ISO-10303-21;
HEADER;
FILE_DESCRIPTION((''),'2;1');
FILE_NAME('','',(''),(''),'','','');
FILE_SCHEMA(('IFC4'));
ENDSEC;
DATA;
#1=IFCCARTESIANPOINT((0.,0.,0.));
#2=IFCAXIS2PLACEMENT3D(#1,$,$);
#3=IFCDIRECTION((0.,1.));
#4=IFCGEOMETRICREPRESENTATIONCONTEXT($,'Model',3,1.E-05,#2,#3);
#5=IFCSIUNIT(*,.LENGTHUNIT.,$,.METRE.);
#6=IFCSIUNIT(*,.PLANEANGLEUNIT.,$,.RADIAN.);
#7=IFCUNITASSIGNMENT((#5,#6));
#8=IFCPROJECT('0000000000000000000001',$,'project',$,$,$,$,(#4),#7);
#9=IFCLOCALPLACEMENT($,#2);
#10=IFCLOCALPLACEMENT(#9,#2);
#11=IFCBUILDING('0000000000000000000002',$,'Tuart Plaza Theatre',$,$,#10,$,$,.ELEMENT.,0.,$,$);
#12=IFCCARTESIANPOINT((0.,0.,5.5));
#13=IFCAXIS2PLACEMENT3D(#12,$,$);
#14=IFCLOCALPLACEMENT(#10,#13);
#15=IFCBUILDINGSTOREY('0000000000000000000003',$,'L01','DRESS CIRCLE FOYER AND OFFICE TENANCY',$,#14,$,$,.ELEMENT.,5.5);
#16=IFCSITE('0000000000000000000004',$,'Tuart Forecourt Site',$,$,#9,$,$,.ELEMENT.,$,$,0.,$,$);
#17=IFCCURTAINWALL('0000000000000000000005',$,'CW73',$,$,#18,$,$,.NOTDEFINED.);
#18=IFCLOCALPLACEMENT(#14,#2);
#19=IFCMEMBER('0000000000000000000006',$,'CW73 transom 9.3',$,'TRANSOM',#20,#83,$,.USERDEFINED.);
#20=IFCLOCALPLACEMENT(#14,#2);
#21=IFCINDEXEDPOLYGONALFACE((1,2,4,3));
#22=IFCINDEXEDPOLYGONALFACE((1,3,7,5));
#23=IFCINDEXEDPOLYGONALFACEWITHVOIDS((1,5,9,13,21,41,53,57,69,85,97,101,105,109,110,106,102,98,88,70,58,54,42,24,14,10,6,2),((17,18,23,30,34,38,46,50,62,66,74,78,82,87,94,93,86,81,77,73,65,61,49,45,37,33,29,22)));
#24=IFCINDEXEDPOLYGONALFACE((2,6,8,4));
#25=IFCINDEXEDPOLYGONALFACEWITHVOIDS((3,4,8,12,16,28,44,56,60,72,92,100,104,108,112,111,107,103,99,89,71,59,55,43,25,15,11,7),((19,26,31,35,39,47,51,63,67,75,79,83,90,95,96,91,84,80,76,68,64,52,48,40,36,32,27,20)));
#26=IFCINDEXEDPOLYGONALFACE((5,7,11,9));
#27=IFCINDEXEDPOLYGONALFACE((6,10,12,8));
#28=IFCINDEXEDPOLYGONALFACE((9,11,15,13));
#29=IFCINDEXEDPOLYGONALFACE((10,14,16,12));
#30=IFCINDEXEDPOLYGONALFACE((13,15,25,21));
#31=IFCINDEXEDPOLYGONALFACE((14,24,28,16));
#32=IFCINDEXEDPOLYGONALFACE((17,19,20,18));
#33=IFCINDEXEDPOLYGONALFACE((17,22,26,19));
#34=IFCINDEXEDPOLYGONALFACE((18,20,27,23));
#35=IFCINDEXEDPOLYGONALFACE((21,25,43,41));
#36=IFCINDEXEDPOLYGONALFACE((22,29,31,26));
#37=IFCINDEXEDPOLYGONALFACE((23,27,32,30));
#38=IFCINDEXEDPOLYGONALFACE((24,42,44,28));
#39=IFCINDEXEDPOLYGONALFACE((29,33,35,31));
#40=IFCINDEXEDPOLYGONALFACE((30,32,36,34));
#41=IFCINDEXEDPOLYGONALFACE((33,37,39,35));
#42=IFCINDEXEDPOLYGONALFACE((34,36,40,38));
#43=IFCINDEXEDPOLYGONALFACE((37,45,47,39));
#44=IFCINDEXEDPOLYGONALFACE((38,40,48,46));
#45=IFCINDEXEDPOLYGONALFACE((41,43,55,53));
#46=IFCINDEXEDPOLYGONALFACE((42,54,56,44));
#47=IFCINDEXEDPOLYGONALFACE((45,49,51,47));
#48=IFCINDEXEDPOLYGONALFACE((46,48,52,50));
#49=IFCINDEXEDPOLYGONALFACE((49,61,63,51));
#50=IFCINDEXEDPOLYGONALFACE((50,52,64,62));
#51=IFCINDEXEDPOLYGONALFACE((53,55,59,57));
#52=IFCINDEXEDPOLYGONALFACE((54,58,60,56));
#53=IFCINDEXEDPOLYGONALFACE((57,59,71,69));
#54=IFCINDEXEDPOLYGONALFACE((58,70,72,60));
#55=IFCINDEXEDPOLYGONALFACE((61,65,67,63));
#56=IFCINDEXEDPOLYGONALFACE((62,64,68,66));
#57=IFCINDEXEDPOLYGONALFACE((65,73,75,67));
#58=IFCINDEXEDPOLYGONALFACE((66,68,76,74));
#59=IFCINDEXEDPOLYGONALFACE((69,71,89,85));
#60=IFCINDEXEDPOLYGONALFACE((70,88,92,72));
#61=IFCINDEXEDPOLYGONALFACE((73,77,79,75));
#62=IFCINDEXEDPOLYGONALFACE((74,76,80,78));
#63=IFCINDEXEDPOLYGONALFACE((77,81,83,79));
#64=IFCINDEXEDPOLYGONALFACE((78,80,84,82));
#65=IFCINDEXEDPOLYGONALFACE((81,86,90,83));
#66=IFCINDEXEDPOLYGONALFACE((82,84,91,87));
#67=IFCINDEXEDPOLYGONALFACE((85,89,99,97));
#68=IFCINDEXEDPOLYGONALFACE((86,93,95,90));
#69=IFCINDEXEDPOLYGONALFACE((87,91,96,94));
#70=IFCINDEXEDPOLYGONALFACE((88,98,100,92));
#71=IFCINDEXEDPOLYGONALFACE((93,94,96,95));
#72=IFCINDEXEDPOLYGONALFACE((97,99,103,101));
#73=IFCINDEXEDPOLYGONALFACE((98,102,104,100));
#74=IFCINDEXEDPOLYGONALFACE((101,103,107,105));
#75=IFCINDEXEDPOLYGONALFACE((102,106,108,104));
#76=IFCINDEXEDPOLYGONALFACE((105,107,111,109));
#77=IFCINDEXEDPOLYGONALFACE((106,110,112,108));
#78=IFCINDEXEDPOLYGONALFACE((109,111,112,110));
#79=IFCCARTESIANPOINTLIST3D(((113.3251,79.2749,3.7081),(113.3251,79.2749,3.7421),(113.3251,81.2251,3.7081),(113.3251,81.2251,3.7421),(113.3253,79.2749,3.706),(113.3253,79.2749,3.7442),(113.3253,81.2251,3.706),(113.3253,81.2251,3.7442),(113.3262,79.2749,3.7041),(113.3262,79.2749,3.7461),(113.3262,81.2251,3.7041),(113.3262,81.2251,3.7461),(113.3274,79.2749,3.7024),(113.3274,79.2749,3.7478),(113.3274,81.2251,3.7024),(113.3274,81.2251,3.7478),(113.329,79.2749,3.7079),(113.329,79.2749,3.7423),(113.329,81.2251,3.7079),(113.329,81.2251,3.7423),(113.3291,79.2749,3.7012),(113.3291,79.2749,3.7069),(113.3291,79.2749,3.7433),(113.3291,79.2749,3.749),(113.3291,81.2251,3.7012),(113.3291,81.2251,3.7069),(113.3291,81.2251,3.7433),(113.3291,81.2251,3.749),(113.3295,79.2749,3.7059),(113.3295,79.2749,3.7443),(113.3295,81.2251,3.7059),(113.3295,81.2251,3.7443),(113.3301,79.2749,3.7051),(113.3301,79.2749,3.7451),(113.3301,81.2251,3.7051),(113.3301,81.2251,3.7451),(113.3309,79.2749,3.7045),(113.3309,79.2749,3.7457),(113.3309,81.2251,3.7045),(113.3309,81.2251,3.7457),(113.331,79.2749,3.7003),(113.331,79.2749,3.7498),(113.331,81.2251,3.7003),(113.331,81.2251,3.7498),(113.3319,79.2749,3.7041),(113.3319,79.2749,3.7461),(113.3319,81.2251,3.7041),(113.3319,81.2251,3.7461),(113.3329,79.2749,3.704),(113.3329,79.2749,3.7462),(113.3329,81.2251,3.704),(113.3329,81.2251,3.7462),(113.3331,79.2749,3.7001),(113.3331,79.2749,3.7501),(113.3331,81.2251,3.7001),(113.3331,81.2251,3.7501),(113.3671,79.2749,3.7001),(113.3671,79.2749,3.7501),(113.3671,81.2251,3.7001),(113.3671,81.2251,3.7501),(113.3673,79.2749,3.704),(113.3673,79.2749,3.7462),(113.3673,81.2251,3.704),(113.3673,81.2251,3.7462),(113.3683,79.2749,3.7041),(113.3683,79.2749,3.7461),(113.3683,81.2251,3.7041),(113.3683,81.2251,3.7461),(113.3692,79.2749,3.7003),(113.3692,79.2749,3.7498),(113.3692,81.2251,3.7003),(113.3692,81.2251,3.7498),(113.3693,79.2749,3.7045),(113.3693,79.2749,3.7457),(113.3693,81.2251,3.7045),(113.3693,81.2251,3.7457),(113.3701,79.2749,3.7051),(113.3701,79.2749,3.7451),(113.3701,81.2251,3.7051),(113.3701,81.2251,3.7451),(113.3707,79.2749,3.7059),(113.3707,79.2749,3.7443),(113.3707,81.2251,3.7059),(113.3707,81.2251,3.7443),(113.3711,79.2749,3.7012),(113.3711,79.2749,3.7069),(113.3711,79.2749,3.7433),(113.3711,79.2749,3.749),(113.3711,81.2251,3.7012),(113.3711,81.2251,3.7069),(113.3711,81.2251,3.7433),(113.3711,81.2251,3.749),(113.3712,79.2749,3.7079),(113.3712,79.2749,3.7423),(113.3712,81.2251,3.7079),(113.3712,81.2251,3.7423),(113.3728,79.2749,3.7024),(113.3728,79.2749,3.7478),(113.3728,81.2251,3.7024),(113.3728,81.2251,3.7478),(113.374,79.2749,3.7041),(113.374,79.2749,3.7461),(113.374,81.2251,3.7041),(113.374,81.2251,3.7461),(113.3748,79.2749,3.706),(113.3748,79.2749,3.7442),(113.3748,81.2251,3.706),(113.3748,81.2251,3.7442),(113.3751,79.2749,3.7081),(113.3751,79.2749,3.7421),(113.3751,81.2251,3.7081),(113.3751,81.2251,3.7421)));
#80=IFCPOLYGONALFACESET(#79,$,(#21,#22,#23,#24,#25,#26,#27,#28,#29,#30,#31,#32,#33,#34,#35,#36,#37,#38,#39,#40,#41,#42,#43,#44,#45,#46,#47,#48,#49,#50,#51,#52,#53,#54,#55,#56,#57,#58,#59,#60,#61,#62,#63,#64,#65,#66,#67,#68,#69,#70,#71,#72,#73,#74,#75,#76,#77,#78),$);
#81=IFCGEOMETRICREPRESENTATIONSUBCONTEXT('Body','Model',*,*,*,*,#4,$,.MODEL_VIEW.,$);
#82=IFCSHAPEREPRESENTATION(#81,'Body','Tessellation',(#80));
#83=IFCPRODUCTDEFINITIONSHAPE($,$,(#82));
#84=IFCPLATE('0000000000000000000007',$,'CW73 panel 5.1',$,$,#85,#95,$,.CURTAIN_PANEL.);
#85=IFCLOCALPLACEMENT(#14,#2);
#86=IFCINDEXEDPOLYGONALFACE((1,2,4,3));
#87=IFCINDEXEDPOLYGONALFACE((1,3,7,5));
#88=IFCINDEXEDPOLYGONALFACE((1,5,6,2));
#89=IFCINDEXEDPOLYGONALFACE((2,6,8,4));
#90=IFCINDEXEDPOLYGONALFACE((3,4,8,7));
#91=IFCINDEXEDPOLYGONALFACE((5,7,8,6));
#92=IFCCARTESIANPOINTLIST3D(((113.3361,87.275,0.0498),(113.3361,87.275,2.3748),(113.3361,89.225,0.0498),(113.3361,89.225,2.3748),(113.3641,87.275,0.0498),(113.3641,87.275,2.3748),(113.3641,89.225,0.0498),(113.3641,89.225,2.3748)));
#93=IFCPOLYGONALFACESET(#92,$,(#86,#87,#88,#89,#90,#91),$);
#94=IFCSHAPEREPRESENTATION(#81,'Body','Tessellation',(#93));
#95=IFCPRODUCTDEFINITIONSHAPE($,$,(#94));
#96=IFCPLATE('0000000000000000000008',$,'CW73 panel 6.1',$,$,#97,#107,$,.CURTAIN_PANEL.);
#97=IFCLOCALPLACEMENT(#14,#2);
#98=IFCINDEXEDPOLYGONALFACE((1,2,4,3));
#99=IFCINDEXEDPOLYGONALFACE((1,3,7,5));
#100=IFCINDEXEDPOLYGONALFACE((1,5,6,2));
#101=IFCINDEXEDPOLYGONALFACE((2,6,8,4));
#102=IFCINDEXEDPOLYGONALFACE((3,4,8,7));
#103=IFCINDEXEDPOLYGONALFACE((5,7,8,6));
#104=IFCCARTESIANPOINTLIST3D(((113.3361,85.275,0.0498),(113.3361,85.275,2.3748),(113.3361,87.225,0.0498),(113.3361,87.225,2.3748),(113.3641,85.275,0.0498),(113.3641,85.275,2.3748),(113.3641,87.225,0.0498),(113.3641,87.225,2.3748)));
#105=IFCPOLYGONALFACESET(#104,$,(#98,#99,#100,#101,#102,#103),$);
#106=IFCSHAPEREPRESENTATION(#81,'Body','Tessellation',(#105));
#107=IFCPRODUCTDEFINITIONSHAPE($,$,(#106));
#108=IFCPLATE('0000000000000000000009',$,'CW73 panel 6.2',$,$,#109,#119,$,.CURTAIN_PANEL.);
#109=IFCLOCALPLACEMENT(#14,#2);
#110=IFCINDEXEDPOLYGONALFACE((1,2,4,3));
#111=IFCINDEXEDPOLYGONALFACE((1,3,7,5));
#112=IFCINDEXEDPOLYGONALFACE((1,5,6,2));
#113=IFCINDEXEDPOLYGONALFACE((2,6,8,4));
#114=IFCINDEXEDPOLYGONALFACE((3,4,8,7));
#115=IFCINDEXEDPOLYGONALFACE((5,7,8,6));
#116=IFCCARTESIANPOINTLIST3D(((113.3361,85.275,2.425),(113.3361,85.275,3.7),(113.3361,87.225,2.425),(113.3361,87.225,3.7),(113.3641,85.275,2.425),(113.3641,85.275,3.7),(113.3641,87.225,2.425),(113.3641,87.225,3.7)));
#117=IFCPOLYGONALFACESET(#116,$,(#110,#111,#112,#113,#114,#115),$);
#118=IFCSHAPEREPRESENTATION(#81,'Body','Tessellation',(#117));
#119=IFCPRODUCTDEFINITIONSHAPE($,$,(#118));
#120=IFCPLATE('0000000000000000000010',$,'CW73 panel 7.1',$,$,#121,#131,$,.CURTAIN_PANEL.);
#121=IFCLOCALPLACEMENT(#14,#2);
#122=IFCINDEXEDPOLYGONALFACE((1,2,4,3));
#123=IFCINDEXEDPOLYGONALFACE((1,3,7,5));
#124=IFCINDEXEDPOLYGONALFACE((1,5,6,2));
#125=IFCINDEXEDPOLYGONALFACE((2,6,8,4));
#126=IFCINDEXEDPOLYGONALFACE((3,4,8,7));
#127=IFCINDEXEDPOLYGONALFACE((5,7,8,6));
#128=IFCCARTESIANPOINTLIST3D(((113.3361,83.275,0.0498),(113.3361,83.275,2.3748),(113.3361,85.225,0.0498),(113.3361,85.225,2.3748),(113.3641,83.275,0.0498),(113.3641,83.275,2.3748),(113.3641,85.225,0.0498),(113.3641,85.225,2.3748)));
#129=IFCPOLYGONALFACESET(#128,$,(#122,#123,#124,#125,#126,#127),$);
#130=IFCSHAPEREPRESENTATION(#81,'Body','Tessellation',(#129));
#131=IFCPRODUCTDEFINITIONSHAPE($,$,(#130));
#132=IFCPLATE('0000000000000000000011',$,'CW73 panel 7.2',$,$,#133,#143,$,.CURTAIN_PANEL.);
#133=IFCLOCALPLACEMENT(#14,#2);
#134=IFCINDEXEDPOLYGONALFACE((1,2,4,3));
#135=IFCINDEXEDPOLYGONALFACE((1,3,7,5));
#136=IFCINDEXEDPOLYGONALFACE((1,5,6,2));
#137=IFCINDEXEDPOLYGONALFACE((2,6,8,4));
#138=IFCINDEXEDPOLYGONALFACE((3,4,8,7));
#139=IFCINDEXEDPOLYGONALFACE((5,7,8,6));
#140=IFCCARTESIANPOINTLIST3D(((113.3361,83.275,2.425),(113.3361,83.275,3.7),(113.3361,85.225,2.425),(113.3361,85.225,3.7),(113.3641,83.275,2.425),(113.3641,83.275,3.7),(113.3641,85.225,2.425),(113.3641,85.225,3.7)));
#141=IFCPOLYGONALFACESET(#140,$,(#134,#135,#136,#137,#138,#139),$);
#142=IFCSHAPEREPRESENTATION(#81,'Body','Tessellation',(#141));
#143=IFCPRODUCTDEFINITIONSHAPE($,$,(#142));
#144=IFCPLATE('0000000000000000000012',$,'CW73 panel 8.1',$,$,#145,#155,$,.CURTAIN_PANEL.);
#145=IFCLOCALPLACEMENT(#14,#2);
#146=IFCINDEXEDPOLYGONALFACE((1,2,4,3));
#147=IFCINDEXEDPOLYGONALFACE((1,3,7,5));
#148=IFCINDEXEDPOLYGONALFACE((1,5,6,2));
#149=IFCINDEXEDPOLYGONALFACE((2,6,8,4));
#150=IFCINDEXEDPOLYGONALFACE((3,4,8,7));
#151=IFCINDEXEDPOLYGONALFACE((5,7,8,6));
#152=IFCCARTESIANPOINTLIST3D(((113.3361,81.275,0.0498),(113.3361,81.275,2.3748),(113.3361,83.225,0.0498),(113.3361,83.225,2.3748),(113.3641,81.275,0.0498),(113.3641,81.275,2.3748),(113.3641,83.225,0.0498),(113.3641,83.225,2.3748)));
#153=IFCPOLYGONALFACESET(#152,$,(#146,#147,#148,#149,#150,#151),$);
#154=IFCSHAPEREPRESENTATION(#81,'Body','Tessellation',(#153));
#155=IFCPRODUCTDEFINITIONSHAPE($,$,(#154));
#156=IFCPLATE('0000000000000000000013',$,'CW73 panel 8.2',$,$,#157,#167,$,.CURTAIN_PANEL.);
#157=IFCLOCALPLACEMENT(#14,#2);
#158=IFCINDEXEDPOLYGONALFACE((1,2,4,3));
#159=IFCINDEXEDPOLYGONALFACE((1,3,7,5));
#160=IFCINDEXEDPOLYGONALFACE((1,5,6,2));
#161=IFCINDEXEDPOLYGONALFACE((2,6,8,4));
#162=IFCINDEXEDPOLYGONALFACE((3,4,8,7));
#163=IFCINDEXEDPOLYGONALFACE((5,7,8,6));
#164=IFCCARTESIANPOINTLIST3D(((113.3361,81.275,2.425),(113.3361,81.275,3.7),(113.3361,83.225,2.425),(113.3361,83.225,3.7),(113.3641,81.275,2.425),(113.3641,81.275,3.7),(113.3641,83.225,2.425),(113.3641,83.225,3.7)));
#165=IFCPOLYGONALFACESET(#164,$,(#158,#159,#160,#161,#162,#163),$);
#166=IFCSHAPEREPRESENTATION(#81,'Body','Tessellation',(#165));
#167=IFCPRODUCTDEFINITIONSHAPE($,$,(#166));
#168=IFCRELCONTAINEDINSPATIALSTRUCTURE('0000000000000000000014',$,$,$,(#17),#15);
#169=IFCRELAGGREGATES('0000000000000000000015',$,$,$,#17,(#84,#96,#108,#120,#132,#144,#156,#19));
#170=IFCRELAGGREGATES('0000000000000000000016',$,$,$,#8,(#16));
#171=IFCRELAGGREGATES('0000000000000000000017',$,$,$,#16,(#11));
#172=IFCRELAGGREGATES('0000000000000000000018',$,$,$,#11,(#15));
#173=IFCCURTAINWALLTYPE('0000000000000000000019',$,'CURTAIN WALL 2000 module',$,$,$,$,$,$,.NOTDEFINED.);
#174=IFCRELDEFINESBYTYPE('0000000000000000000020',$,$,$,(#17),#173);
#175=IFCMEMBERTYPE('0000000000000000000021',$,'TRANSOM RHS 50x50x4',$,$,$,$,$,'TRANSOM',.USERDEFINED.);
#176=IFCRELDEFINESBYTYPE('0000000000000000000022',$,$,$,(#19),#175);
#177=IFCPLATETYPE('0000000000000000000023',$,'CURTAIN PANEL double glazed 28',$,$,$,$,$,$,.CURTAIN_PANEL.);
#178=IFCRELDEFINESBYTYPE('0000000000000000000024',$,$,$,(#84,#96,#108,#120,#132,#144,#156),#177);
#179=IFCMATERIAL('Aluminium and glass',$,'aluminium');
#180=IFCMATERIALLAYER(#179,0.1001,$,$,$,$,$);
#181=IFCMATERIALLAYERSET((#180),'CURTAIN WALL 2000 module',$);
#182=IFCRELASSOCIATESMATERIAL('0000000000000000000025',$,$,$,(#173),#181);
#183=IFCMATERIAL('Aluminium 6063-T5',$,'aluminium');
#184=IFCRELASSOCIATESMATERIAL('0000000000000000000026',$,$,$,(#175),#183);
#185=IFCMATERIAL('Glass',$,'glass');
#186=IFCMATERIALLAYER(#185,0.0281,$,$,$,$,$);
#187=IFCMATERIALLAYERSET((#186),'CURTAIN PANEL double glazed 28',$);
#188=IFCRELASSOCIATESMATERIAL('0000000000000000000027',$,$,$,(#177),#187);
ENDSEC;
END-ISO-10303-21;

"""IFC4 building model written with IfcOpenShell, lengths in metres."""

from ifc_helpers import new_model, si_unit, direction, frame, origin, origin_2d, place, context, subcontext, project, spatial, rectangle, hollow_rectangle, extrude, material, layer, layer_set, material_profile, profile_set, type_object, element, aggregate, save


model = new_model("IFC4")

# Units and contexts
model_context = context("Model", 3, precision=1e-05, world=origin(), true_north=direction((0.0, 1.0)))
body_context = subcontext(model_context, "Body", "Model", "MODEL_VIEW")
ifc_project = project(units=[si_unit("LENGTHUNIT", "METRE"), si_unit("PLANEANGLEUNIT", "RADIAN")], contexts=[model_context])

# Site, building, storey
site_placement = place(None, origin())
site = spatial("IfcSite", under=ifc_project, at=site_placement, Name="Tuart Forecourt Site", CompositionType="ELEMENT", RefElevation=0.0)
building_placement = place(site_placement, origin())
building = spatial("IfcBuilding", under=site, at=building_placement, Name="Tuart Plaza Theatre", CompositionType="ELEMENT", ElevationOfRefHeight=0.0)
storey_placement = place(building_placement, frame((0.0, 0.0, 5.5)))
storey = spatial("IfcBuildingStorey", under=building, at=storey_placement, Name="L01", Description="DRESS CIRCLE FOYER AND OFFICE TENANCY", CompositionType="ELEMENT", Elevation=5.5)

# Curtain wall, member, plates
ifc_material_1 = material(Name="Aluminium and glass", Category="aluminium")
ifc_layer_1 = layer(ifc_material_1, 0.1001)
ifc_layer_set_1 = layer_set([ifc_layer_1], Name="CURTAIN WALL 2000 module")
curtain_wall_type = type_object("IfcCurtainWallType", Name="CURTAIN WALL 2000 module", PredefinedType="NOTDEFINED", material=ifc_layer_set_1)
curtain_wall_placement = place(storey_placement, origin())
curtain_wall = element("IfcCurtainWall", 1, at=curtain_wall_placement, inside=storey, type_object=curtain_wall_type, Name="CW73", PredefinedType="NOTDEFINED")
ifc_material_2 = material(Name="Aluminium 6063-T5", Category="aluminium")
ifc_material_profile_1 = material_profile(ifc_material_2, hollow_rectangle(XDim=0.05, YDim=0.05, WallThickness=0.0039, InnerFilletRadius=0.0039, OuterFilletRadius=0.0081, at=origin_2d()), Name="RHS 50x50x4")
ifc_profile_set_1 = profile_set([ifc_material_profile_1], Name="Aluminium 6063-T5")
member_type_1 = type_object("IfcMemberType", Name="TRANSOM RHS 50x50x4", ElementType="TRANSOM", PredefinedType="USERDEFINED", material=ifc_profile_set_1)
member_1_placement = place(storey_placement, frame((113.3501, 81.2251, 3.7251), z_axis=(0.0, -1.0, 0.0), x_axis=(1.0, 0.0, 0.0)))
member_1 = element("IfcMember", 2, at=member_1_placement, type_object=member_type_1, Name="CW73 transom 9.3", ObjectType="TRANSOM", PredefinedType="USERDEFINED", context=body_context, shape_type="SweptSolid", body=[
    extrude(hollow_rectangle(XDim=0.05, YDim=0.05, WallThickness=0.0039, InnerFilletRadius=0.0039, OuterFilletRadius=0.0081, at=origin_2d()), origin(), (0.0, 0.0, 1.0), 1.9502),
])
ifc_material_3 = material(Name="Glass", Category="glass")
ifc_layer_2 = layer(ifc_material_3, 0.0281)
ifc_layer_set_2 = layer_set([ifc_layer_2], Name="CURTAIN PANEL double glazed 28")
plate_type = type_object("IfcPlateType", Name="CURTAIN PANEL double glazed 28", PredefinedType="CURTAIN_PANEL", material=ifc_layer_set_2)
plate_1_placement = place(storey_placement, frame((113.3501, 88.25, 0.0498), z_axis=(0.0, 0.0, 1.0), x_axis=(0.0, -1.0, 0.0)))
plate_1 = element("IfcPlate", 3, at=plate_1_placement, type_object=plate_type, Name="CW73 panel 5.1", PredefinedType="CURTAIN_PANEL", context=body_context, shape_type="SweptSolid", body=[
    extrude(rectangle(XDim=1.95, YDim=0.0281, at=origin_2d()), origin(), (0.0, 0.0, 1.0), 2.325),
])
plate_2_placement = place(storey_placement, frame((113.3501, 86.25, 0.0498), z_axis=(0.0, 0.0, 1.0), x_axis=(0.0, -1.0, 0.0)))
plate_2 = element("IfcPlate", 4, at=plate_2_placement, type_object=plate_type, Name="CW73 panel 6.1", PredefinedType="CURTAIN_PANEL", context=body_context, shape_type="SweptSolid", body=[
    extrude(rectangle(XDim=1.95, YDim=0.0281, at=origin_2d()), origin(), (0.0, 0.0, 1.0), 2.325),
])
plate_3_placement = place(storey_placement, frame((113.3501, 86.25, 2.425), z_axis=(0.0, 0.0, 1.0), x_axis=(0.0, -1.0, 0.0)))
plate_3 = element("IfcPlate", 5, at=plate_3_placement, type_object=plate_type, Name="CW73 panel 6.2", PredefinedType="CURTAIN_PANEL", context=body_context, shape_type="SweptSolid", body=[
    extrude(rectangle(XDim=1.95, YDim=0.0281, at=origin_2d()), origin(), (0.0, 0.0, 1.0), 1.2749),
])
plate_4_placement = place(storey_placement, frame((113.3501, 84.25, 0.0498), z_axis=(0.0, 0.0, 1.0), x_axis=(0.0, -1.0, 0.0)))
plate_4 = element("IfcPlate", 6, at=plate_4_placement, type_object=plate_type, Name="CW73 panel 7.1", PredefinedType="CURTAIN_PANEL", context=body_context, shape_type="SweptSolid", body=[
    extrude(rectangle(XDim=1.95, YDim=0.0281, at=origin_2d()), origin(), (0.0, 0.0, 1.0), 2.325),
])
plate_5_placement = place(storey_placement, frame((113.3501, 84.25, 2.425), z_axis=(0.0, 0.0, 1.0), x_axis=(0.0, -1.0, 0.0)))
plate_5 = element("IfcPlate", 7, at=plate_5_placement, type_object=plate_type, Name="CW73 panel 7.2", PredefinedType="CURTAIN_PANEL", context=body_context, shape_type="SweptSolid", body=[
    extrude(rectangle(XDim=1.95, YDim=0.0281, at=origin_2d()), origin(), (0.0, 0.0, 1.0), 1.2749),
])
plate_6_placement = place(storey_placement, frame((113.3501, 82.25, 0.0498), z_axis=(0.0, 0.0, 1.0), x_axis=(0.0, -1.0, 0.0)))
plate_6 = element("IfcPlate", 8, at=plate_6_placement, type_object=plate_type, Name="CW73 panel 8.1", PredefinedType="CURTAIN_PANEL", context=body_context, shape_type="SweptSolid", body=[
    extrude(rectangle(XDim=1.95, YDim=0.0281, at=origin_2d()), origin(), (0.0, 0.0, 1.0), 2.325),
])
plate_7_placement = place(storey_placement, frame((113.3501, 82.25, 2.425), z_axis=(0.0, 0.0, 1.0), x_axis=(0.0, -1.0, 0.0)))
plate_7 = element("IfcPlate", 9, at=plate_7_placement, type_object=plate_type, Name="CW73 panel 8.2", PredefinedType="CURTAIN_PANEL", context=body_context, shape_type="SweptSolid", body=[
    extrude(rectangle(XDim=1.95, YDim=0.0281, at=origin_2d()), origin(), (0.0, 0.0, 1.0), 1.2749),
])
aggregate(curtain_wall, [plate_1, plate_2, plate_3, plate_4, plate_5, plate_6, plate_7, member_1])

save(model, "model.ifc")
